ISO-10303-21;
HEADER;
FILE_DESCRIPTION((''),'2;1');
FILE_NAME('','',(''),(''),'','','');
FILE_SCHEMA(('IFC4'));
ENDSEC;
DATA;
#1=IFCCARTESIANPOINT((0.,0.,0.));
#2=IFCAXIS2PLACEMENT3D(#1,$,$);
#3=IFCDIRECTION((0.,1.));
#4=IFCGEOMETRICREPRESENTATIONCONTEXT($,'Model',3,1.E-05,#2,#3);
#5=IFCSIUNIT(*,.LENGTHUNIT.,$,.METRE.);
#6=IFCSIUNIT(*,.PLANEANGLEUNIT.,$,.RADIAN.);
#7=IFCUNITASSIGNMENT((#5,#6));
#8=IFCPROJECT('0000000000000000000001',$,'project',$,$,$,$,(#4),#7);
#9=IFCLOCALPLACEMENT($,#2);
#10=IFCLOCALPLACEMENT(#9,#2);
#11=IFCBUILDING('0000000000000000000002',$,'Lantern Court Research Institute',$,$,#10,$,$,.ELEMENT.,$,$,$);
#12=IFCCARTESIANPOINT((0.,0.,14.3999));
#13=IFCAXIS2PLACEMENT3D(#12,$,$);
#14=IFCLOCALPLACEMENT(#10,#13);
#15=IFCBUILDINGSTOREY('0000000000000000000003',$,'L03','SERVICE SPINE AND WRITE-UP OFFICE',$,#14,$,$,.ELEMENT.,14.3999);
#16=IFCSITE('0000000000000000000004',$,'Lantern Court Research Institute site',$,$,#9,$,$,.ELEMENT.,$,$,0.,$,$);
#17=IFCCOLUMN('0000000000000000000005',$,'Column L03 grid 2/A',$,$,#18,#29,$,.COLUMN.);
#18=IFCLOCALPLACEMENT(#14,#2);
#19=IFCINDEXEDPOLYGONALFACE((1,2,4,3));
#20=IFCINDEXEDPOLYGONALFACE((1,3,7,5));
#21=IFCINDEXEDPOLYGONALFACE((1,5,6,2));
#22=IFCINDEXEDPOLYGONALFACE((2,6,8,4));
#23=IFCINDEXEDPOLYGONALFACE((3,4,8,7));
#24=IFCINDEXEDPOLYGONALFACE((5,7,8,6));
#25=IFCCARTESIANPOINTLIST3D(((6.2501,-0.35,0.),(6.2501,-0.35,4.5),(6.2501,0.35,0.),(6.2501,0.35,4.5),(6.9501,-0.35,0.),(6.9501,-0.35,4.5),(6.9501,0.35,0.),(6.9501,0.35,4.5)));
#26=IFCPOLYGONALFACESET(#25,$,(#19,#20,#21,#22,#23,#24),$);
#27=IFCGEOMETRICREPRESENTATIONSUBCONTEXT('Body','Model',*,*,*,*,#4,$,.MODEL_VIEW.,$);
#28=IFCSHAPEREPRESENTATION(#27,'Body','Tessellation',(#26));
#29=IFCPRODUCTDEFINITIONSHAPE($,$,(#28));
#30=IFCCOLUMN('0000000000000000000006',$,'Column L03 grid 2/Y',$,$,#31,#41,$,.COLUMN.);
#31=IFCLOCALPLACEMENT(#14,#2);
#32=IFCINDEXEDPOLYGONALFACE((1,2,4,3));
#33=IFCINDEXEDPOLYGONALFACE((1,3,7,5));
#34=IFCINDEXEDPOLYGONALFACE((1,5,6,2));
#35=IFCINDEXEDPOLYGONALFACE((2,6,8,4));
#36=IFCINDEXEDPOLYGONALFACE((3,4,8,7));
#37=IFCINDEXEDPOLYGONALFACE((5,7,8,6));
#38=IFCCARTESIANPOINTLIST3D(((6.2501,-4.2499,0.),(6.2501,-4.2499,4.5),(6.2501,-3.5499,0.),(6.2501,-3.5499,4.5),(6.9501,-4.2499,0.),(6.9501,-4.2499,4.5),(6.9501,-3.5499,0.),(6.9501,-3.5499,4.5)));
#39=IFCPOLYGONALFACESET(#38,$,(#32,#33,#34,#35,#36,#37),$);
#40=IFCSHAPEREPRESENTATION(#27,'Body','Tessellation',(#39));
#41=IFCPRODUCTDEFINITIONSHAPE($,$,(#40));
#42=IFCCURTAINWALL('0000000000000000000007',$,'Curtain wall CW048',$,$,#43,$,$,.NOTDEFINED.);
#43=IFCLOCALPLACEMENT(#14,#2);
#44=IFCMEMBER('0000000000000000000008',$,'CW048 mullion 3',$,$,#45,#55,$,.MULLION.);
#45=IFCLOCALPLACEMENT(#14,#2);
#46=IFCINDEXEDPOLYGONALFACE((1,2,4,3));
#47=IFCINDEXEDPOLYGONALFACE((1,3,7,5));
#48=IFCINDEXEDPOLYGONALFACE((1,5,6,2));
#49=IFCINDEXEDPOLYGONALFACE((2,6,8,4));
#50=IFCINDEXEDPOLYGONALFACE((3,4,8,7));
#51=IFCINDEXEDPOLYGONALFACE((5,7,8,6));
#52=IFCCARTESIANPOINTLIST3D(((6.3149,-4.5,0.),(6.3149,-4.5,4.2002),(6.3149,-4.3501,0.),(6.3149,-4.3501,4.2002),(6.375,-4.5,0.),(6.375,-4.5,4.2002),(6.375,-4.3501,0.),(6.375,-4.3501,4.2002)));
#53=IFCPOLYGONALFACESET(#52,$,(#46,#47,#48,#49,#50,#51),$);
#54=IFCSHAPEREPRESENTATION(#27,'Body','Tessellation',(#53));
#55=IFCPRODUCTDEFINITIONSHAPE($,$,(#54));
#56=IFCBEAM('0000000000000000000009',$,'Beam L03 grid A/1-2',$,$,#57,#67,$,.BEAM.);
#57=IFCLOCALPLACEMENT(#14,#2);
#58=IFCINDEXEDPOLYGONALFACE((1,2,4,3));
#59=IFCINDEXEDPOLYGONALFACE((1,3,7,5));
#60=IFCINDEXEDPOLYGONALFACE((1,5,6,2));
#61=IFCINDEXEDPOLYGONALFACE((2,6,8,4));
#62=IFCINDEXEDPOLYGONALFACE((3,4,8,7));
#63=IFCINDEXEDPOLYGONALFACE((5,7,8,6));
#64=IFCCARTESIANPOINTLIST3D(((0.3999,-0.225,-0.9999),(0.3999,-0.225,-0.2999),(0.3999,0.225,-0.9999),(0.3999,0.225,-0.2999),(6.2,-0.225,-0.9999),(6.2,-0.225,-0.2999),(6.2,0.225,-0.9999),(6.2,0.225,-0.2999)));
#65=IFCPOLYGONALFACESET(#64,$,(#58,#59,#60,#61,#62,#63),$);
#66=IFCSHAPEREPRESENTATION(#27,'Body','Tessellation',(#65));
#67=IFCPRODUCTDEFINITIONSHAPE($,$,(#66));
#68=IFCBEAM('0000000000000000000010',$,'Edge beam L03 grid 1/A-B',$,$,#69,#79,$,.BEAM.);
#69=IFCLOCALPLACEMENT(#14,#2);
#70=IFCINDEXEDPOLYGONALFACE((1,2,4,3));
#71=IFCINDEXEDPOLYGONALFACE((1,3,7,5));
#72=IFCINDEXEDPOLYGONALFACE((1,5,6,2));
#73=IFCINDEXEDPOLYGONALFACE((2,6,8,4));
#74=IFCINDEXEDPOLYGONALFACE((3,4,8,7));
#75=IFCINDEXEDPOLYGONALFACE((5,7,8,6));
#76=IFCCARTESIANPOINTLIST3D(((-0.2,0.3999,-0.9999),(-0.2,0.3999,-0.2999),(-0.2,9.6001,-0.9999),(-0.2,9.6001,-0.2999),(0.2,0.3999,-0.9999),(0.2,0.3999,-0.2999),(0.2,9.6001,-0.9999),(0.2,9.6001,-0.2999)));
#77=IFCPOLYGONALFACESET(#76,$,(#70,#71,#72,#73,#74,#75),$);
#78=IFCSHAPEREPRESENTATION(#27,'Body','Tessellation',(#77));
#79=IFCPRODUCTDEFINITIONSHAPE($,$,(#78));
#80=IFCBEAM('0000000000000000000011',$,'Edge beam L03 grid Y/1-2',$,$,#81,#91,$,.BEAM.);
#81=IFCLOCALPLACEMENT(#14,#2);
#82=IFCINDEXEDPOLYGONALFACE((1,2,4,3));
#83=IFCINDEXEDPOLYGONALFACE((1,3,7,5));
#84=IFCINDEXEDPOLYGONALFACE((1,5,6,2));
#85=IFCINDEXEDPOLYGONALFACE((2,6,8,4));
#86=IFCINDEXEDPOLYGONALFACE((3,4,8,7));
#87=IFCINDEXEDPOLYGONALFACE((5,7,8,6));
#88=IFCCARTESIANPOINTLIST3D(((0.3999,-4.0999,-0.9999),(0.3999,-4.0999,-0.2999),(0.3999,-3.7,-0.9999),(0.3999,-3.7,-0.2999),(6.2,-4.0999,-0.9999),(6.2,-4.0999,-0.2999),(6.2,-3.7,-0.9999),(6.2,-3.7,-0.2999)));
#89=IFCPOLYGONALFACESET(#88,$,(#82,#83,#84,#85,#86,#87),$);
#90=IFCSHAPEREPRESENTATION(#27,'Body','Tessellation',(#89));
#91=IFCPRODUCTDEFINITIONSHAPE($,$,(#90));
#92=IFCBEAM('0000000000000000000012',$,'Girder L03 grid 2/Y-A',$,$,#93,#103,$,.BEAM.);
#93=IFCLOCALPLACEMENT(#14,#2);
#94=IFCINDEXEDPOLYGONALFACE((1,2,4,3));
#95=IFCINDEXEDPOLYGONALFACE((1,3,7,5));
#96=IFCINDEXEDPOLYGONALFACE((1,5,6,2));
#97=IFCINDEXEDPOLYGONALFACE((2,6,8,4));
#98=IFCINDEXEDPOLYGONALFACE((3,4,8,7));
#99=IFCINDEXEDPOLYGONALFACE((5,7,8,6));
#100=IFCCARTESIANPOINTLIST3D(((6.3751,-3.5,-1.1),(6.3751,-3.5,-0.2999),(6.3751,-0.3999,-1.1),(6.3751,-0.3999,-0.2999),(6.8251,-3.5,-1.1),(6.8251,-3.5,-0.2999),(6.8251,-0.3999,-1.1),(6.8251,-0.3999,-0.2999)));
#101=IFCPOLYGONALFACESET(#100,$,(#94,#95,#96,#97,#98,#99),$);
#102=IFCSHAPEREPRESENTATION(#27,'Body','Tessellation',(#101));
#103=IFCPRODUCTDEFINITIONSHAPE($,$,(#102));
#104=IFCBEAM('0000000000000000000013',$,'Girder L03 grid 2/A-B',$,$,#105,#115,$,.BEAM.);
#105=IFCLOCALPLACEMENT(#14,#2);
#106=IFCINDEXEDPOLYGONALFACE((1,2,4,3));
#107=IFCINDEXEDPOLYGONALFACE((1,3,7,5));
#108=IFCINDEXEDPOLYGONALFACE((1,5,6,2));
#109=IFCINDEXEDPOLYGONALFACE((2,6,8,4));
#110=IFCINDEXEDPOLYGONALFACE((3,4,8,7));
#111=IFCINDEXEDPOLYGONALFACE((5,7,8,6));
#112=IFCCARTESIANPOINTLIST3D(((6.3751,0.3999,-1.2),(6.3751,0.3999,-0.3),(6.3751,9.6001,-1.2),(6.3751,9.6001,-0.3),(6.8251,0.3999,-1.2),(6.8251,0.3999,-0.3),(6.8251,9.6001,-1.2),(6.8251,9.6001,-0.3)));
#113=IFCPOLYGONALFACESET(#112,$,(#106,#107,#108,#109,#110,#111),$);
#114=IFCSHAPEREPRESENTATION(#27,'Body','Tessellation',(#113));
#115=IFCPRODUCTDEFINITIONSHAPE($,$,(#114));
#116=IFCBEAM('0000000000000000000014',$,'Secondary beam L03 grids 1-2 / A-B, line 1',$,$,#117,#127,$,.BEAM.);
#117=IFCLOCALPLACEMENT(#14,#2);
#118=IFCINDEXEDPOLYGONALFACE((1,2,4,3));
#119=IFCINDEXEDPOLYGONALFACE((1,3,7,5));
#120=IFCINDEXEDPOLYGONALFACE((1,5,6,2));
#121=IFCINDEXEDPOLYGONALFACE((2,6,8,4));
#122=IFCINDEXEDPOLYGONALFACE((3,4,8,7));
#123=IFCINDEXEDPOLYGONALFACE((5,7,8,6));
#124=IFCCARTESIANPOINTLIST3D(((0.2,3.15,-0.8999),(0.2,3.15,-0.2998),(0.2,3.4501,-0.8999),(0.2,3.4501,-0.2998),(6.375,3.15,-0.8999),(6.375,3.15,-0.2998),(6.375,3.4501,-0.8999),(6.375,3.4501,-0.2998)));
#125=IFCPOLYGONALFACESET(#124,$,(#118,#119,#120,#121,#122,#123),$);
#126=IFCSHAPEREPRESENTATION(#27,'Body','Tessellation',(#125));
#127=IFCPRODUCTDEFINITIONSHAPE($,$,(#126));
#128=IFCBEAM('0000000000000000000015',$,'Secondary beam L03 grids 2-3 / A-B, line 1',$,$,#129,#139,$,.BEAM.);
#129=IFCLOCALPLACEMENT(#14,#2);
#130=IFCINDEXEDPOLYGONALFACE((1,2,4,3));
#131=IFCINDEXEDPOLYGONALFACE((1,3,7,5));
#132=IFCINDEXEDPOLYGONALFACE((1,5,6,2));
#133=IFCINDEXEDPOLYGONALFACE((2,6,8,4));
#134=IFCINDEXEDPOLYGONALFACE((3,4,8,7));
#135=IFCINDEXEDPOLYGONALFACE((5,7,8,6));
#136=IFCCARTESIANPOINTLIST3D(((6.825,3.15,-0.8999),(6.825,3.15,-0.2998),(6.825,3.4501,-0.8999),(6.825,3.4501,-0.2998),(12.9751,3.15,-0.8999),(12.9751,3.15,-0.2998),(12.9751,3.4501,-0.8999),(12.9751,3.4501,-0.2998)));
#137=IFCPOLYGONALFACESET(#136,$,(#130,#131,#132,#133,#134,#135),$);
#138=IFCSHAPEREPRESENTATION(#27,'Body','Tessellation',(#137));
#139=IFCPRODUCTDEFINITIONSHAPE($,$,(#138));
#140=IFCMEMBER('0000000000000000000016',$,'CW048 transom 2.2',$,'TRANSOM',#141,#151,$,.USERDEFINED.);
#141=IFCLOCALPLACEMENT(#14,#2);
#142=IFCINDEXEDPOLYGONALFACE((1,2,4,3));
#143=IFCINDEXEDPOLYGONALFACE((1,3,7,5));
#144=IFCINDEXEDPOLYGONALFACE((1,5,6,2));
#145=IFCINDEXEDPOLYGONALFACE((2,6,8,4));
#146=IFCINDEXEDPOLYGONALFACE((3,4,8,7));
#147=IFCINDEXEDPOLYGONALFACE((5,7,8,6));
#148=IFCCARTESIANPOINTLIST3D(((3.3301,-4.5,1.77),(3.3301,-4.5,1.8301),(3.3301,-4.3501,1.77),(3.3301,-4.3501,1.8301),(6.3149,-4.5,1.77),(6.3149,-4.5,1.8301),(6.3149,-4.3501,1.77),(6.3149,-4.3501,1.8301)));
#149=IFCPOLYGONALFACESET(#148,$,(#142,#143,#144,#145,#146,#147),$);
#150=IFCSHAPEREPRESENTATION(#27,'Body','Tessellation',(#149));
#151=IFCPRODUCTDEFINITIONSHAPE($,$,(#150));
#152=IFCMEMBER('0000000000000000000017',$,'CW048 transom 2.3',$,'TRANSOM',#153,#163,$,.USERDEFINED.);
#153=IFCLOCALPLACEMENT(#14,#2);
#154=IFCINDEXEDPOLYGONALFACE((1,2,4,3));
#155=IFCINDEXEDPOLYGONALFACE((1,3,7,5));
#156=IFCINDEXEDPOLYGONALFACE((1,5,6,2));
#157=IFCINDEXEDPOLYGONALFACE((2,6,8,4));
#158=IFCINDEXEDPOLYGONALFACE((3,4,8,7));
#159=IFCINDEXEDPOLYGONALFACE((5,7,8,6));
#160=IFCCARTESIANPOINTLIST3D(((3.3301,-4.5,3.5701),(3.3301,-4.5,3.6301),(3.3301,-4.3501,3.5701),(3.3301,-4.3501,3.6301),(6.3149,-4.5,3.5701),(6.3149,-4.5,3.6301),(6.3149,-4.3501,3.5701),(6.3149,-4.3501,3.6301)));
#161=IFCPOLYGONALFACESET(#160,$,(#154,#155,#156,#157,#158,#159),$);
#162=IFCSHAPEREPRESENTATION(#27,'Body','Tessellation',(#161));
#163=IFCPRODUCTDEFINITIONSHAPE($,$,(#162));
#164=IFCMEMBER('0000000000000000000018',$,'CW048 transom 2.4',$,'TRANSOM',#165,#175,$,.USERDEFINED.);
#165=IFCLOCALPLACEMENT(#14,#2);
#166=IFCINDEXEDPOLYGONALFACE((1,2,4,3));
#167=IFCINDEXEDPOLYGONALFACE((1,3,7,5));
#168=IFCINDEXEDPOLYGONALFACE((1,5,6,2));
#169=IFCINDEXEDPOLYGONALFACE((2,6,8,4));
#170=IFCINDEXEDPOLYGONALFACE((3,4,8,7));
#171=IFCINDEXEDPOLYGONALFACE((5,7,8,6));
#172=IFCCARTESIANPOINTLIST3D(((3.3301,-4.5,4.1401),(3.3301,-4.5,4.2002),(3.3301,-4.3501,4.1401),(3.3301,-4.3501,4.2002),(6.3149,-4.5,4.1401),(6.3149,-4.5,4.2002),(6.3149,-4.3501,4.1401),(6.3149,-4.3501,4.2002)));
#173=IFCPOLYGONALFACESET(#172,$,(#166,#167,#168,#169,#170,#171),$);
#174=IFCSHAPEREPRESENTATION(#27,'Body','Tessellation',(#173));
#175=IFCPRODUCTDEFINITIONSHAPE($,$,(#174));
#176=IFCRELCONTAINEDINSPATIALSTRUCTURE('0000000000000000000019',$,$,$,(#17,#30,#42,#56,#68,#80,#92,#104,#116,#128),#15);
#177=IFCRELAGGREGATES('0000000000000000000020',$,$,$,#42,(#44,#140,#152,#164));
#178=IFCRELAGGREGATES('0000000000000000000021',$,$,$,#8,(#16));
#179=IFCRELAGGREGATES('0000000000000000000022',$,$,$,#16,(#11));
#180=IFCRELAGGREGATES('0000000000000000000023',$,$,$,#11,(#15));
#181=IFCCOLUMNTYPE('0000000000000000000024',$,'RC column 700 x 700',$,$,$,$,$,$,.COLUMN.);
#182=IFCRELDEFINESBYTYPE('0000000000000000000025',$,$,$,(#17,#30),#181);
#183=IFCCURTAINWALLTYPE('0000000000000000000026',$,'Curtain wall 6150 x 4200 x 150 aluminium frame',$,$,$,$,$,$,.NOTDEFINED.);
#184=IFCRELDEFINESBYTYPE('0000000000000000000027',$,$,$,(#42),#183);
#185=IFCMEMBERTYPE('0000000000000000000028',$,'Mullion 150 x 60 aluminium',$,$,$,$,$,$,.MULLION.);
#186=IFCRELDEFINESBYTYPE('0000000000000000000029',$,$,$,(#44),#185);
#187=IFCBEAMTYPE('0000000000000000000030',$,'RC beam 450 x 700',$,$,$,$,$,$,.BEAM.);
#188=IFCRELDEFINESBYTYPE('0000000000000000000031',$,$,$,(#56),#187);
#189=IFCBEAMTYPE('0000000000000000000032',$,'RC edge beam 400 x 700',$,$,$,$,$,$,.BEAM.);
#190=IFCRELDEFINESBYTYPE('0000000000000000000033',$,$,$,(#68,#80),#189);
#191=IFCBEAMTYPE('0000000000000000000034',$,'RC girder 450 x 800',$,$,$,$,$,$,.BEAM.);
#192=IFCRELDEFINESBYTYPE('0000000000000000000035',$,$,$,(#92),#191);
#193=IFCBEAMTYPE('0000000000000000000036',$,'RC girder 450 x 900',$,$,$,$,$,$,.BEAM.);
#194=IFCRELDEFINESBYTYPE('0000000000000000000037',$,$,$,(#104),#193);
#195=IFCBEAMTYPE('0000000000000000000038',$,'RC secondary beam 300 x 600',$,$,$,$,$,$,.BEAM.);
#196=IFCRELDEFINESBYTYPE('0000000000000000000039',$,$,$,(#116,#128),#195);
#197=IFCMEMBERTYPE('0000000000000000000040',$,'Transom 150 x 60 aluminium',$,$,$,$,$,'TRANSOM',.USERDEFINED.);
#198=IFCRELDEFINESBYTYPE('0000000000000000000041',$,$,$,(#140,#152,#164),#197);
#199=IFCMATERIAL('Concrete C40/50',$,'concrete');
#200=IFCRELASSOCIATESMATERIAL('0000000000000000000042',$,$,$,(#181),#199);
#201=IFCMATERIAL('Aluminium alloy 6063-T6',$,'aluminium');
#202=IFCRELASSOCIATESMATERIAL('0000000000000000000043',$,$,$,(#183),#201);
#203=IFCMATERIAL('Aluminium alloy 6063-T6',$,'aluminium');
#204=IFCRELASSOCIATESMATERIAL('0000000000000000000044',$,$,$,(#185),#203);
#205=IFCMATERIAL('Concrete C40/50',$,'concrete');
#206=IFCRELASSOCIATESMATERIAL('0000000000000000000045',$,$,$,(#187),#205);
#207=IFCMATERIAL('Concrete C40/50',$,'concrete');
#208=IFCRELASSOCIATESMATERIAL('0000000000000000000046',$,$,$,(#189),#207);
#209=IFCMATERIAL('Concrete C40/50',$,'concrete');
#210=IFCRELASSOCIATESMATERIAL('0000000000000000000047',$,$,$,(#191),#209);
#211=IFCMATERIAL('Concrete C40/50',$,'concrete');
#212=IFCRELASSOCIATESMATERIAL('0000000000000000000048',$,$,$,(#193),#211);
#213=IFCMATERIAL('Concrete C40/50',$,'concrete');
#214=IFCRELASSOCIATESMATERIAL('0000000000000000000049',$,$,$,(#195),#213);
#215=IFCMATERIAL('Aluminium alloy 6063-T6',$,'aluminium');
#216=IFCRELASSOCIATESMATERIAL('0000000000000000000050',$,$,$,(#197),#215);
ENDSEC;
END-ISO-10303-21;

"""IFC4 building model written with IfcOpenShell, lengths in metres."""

from ifc_helpers import new_model, si_unit, direction, frame, origin, origin_2d, place, context, subcontext, project, spatial, rectangle, extrude, material, material_profile, profile_set, type_object, element, aggregate, save


model = new_model("IFC4")

# Units and contexts
model_context = context("Model", 3, precision=1e-05, world=origin(), true_north=direction((0.0, 1.0)))
body_context = subcontext(model_context, "Body", "Model", "MODEL_VIEW")
ifc_project = project(units=[si_unit("LENGTHUNIT", "METRE"), si_unit("PLANEANGLEUNIT", "RADIAN")], contexts=[model_context])

# Site, building, storey
site_placement = place(None, origin())
site = spatial("IfcSite", under=ifc_project, at=site_placement, Name="Lantern Court Research Institute site", CompositionType="ELEMENT", RefElevation=0.0)
building_placement = place(site_placement, origin())
building = spatial("IfcBuilding", under=site, at=building_placement, Name="Lantern Court Research Institute", CompositionType="ELEMENT")
storey_placement = place(building_placement, frame((0.0, 0.0, 14.3999)))
storey = spatial("IfcBuildingStorey", under=building, at=storey_placement, Name="L03", Description="SERVICE SPINE AND WRITE-UP OFFICE", CompositionType="ELEMENT", Elevation=14.3999)

# Columns
ifc_material_1 = material(Name="Concrete C40/50", Category="concrete")
ifc_material_profile_1 = material_profile(ifc_material_1, rectangle(XDim=0.7, YDim=0.7, at=origin_2d()), Name="RC column 700 x 700")
ifc_profile_set_1 = profile_set([ifc_material_profile_1], Name="Concrete C40/50")
column_type = type_object("IfcColumnType", Name="RC column 700 x 700", PredefinedType="COLUMN", material=ifc_profile_set_1)
for number, where, z_axis, x_axis, name in (
    (1, (6.6001, 0.0, 0.0), (0.0, 0.0, 1.0), (1.0, 0.0, 0.0), "Column L03 grid 2/A"),
    (2, (6.6001, -3.8999, 0.0), (0.0, 0.0, 1.0), (1.0, 0.0, 0.0), "Column L03 grid 2/Y"),
):
    element("IfcColumn", number, at=place(storey_placement, frame(where, z_axis=z_axis, x_axis=x_axis)), inside=storey, type_object=column_type, Name=name, PredefinedType="COLUMN", context=body_context, shape_type="SweptSolid", body=[
        extrude(rectangle(XDim=0.7, YDim=0.7, at=origin_2d()), origin(), (0.0, 0.0, 1.0), 4.5),
    ])

# Curtain wall, member
ifc_material_2 = material(Name="Aluminium alloy 6063-T6", Category="aluminium")
curtain_wall_type = type_object("IfcCurtainWallType", Name="Curtain wall 6150 x 4200 x 150 aluminium frame", PredefinedType="NOTDEFINED", material=ifc_material_2)
curtain_wall_placement = place(storey_placement, origin())
curtain_wall = element("IfcCurtainWall", 3, at=curtain_wall_placement, inside=storey, type_object=curtain_wall_type, Name="Curtain wall CW048", PredefinedType="NOTDEFINED")
ifc_material_3 = material(Name="Aluminium alloy 6063-T6", Category="aluminium")
ifc_material_profile_2 = material_profile(ifc_material_3, rectangle(XDim=0.1499, YDim=0.0601, at=origin_2d()), Name="Mullion 150 x 60")
ifc_profile_set_2 = profile_set([ifc_material_profile_2], Name="Aluminium alloy 6063-T6")
member_type_1 = type_object("IfcMemberType", Name="Mullion 150 x 60 aluminium", PredefinedType="MULLION", material=ifc_profile_set_2)
member_1_placement = place(storey_placement, frame((6.345, -4.425, 0.0), z_axis=(0.0, 0.0, 1.0), x_axis=(0.0, -1.0, 0.0)))
member_1 = element("IfcMember", 4, at=member_1_placement, type_object=member_type_1, Name="CW048 mullion 3", PredefinedType="MULLION", context=body_context, shape_type="SweptSolid", body=[
    extrude(rectangle(XDim=0.1499, YDim=0.0601, at=origin_2d()), origin(), (0.0, 0.0, 1.0), 4.2002),
])

# Beams
ifc_material_4 = material(Name="Concrete C40/50", Category="concrete")
ifc_material_profile_3 = material_profile(ifc_material_4, rectangle(XDim=0.45, YDim=0.7, at=origin_2d()), Name="RC beam 450 x 700")
ifc_profile_set_3 = profile_set([ifc_material_profile_3], Name="Concrete C40/50")
beam_type_1 = type_object("IfcBeamType", Name="RC beam 450 x 700", PredefinedType="BEAM", material=ifc_profile_set_3)
beam_1_placement = place(storey_placement, frame((0.3999, 0.0, -0.6499), z_axis=(1.0, 0.0, 0.0), x_axis=(0.0, 1.0, 0.0)))
element("IfcBeam", 5, at=beam_1_placement, inside=storey, type_object=beam_type_1, Name="Beam L03 grid A/1-2", PredefinedType="BEAM", context=body_context, shape_type="SweptSolid", body=[
    extrude(rectangle(XDim=0.45, YDim=0.7, at=origin_2d()), origin(), (0.0, 0.0, 1.0), 5.8),
])
ifc_material_5 = material(Name="Concrete C40/50", Category="concrete")
ifc_material_profile_4 = material_profile(ifc_material_5, rectangle(XDim=0.3999, YDim=0.7, at=origin_2d()), Name="RC beam 400 x 700")
ifc_profile_set_4 = profile_set([ifc_material_profile_4], Name="Concrete C40/50")
beam_type_2 = type_object("IfcBeamType", Name="RC edge beam 400 x 700", PredefinedType="BEAM", material=ifc_profile_set_4)
beam_2_placement = place(storey_placement, frame((0.0, 0.3999, -0.6499), z_axis=(0.0, 1.0, 0.0), x_axis=(-1.0, 0.0, 0.0)))
element("IfcBeam", 6, at=beam_2_placement, inside=storey, type_object=beam_type_2, Name="Edge beam L03 grid 1/A-B", PredefinedType="BEAM", context=body_context, shape_type="SweptSolid", body=[
    extrude(rectangle(XDim=0.3999, YDim=0.7, at=origin_2d()), origin(), (0.0, 0.0, 1.0), 9.2002),
])
beam_3_placement = place(storey_placement, frame((0.3999, -3.8999, -0.6499), z_axis=(1.0, 0.0, 0.0), x_axis=(0.0, 1.0, 0.0)))
element("IfcBeam", 7, at=beam_3_placement, inside=storey, type_object=beam_type_2, Name="Edge beam L03 grid Y/1-2", PredefinedType="BEAM", context=body_context, shape_type="SweptSolid", body=[
    extrude(rectangle(XDim=0.3999, YDim=0.7, at=origin_2d()), origin(), (0.0, 0.0, 1.0), 5.8),
])
ifc_material_6 = material(Name="Concrete C40/50", Category="concrete")
ifc_material_profile_5 = material_profile(ifc_material_6, rectangle(XDim=0.45, YDim=0.8, at=origin_2d()), Name="RC beam 450 x 800")
ifc_profile_set_5 = profile_set([ifc_material_profile_5], Name="Concrete C40/50")
beam_type_3 = type_object("IfcBeamType", Name="RC girder 450 x 800", PredefinedType="BEAM", material=ifc_profile_set_5)
beam_4_placement = place(storey_placement, frame((6.6001, -3.5, -0.7), z_axis=(0.0, 1.0, 0.0), x_axis=(-1.0, 0.0, 0.0)))
element("IfcBeam", 8, at=beam_4_placement, inside=storey, type_object=beam_type_3, Name="Girder L03 grid 2/Y-A", PredefinedType="BEAM", context=body_context, shape_type="SweptSolid", body=[
    extrude(rectangle(XDim=0.45, YDim=0.8, at=origin_2d()), origin(), (0.0, 0.0, 1.0), 3.1001),
])
ifc_material_7 = material(Name="Concrete C40/50", Category="concrete")
ifc_material_profile_6 = material_profile(ifc_material_7, rectangle(XDim=0.45, YDim=0.8999, at=origin_2d()), Name="RC beam 450 x 900")
ifc_profile_set_6 = profile_set([ifc_material_profile_6], Name="Concrete C40/50")
beam_type_4 = type_object("IfcBeamType", Name="RC girder 450 x 900", PredefinedType="BEAM", material=ifc_profile_set_6)
beam_5_placement = place(storey_placement, frame((6.6001, 0.3999, -0.75), z_axis=(0.0, 1.0, 0.0), x_axis=(-1.0, 0.0, 0.0)))
element("IfcBeam", 9, at=beam_5_placement, inside=storey, type_object=beam_type_4, Name="Girder L03 grid 2/A-B", PredefinedType="BEAM", context=body_context, shape_type="SweptSolid", body=[
    extrude(rectangle(XDim=0.45, YDim=0.8999, at=origin_2d()), origin(), (0.0, 0.0, 1.0), 9.2002),
])
ifc_material_8 = material(Name="Concrete C40/50", Category="concrete")
ifc_material_profile_7 = material_profile(ifc_material_8, rectangle(XDim=0.3, YDim=0.6001, at=origin_2d()), Name="RC beam 300 x 600")
ifc_profile_set_7 = profile_set([ifc_material_profile_7], Name="Concrete C40/50")
beam_type_5 = type_object("IfcBeamType", Name="RC secondary beam 300 x 600", PredefinedType="BEAM", material=ifc_profile_set_7)
beam_6_placement = place(storey_placement, frame((0.2, 3.3, -0.5999), z_axis=(1.0, 0.0, 0.0), x_axis=(0.0, 1.0, 0.0)))
element("IfcBeam", 10, at=beam_6_placement, inside=storey, type_object=beam_type_5, Name="Secondary beam L03 grids 1-2 / A-B, line 1", PredefinedType="BEAM", context=body_context, shape_type="SweptSolid", body=[
    extrude(rectangle(XDim=0.3, YDim=0.6001, at=origin_2d()), origin(), (0.0, 0.0, 1.0), 6.175),
])
beam_7_placement = place(storey_placement, frame((6.825, 3.3, -0.5999), z_axis=(1.0, 0.0, 0.0), x_axis=(0.0, 1.0, 0.0)))
element("IfcBeam", 11, at=beam_7_placement, inside=storey, type_object=beam_type_5, Name="Secondary beam L03 grids 2-3 / A-B, line 1", PredefinedType="BEAM", context=body_context, shape_type="SweptSolid", body=[
    extrude(rectangle(XDim=0.3, YDim=0.6001, at=origin_2d()), origin(), (0.0, 0.0, 1.0), 6.1501),
])

# Members
ifc_material_9 = material(Name="Aluminium alloy 6063-T6", Category="aluminium")
ifc_material_profile_8 = material_profile(ifc_material_9, rectangle(XDim=0.1499, YDim=0.0601, at=origin_2d()), Name="Transom 150 x 60")
ifc_profile_set_8 = profile_set([ifc_material_profile_8], Name="Aluminium alloy 6063-T6")
member_type_2 = type_object("IfcMemberType", Name="Transom 150 x 60 aluminium", ElementType="TRANSOM", PredefinedType="USERDEFINED", material=ifc_profile_set_8)
member_2_placement = place(storey_placement, frame((6.3149, -4.425, 1.8), z_axis=(-1.0, 0.0, 0.0), x_axis=(0.0, -1.0, 0.0)))
member_2 = element("IfcMember", 12, at=member_2_placement, type_object=member_type_2, Name="CW048 transom 2.2", ObjectType="TRANSOM", PredefinedType="USERDEFINED", context=body_context, shape_type="SweptSolid", body=[
    extrude(rectangle(XDim=0.1499, YDim=0.0601, at=origin_2d()), origin(), (0.0, 0.0, 1.0), 2.9849),
])
member_3_placement = place(storey_placement, frame((6.3149, -4.425, 3.6001), z_axis=(-1.0, 0.0, 0.0), x_axis=(0.0, -1.0, 0.0)))
member_3 = element("IfcMember", 13, at=member_3_placement, type_object=member_type_2, Name="CW048 transom 2.3", ObjectType="TRANSOM", PredefinedType="USERDEFINED", context=body_context, shape_type="SweptSolid", body=[
    extrude(rectangle(XDim=0.1499, YDim=0.0601, at=origin_2d()), origin(), (0.0, 0.0, 1.0), 2.9849),
])
member_4_placement = place(storey_placement, frame((6.3149, -4.425, 4.1702), z_axis=(-1.0, 0.0, 0.0), x_axis=(0.0, -1.0, 0.0)))
member_4 = element("IfcMember", 14, at=member_4_placement, type_object=member_type_2, Name="CW048 transom 2.4", ObjectType="TRANSOM", PredefinedType="USERDEFINED", context=body_context, shape_type="SweptSolid", body=[
    extrude(rectangle(XDim=0.1499, YDim=0.0601, at=origin_2d()), origin(), (0.0, 0.0, 1.0), 2.9849),
])
aggregate(curtain_wall, [member_1, member_2, member_3, member_4])

save(model, "model.ifc")
